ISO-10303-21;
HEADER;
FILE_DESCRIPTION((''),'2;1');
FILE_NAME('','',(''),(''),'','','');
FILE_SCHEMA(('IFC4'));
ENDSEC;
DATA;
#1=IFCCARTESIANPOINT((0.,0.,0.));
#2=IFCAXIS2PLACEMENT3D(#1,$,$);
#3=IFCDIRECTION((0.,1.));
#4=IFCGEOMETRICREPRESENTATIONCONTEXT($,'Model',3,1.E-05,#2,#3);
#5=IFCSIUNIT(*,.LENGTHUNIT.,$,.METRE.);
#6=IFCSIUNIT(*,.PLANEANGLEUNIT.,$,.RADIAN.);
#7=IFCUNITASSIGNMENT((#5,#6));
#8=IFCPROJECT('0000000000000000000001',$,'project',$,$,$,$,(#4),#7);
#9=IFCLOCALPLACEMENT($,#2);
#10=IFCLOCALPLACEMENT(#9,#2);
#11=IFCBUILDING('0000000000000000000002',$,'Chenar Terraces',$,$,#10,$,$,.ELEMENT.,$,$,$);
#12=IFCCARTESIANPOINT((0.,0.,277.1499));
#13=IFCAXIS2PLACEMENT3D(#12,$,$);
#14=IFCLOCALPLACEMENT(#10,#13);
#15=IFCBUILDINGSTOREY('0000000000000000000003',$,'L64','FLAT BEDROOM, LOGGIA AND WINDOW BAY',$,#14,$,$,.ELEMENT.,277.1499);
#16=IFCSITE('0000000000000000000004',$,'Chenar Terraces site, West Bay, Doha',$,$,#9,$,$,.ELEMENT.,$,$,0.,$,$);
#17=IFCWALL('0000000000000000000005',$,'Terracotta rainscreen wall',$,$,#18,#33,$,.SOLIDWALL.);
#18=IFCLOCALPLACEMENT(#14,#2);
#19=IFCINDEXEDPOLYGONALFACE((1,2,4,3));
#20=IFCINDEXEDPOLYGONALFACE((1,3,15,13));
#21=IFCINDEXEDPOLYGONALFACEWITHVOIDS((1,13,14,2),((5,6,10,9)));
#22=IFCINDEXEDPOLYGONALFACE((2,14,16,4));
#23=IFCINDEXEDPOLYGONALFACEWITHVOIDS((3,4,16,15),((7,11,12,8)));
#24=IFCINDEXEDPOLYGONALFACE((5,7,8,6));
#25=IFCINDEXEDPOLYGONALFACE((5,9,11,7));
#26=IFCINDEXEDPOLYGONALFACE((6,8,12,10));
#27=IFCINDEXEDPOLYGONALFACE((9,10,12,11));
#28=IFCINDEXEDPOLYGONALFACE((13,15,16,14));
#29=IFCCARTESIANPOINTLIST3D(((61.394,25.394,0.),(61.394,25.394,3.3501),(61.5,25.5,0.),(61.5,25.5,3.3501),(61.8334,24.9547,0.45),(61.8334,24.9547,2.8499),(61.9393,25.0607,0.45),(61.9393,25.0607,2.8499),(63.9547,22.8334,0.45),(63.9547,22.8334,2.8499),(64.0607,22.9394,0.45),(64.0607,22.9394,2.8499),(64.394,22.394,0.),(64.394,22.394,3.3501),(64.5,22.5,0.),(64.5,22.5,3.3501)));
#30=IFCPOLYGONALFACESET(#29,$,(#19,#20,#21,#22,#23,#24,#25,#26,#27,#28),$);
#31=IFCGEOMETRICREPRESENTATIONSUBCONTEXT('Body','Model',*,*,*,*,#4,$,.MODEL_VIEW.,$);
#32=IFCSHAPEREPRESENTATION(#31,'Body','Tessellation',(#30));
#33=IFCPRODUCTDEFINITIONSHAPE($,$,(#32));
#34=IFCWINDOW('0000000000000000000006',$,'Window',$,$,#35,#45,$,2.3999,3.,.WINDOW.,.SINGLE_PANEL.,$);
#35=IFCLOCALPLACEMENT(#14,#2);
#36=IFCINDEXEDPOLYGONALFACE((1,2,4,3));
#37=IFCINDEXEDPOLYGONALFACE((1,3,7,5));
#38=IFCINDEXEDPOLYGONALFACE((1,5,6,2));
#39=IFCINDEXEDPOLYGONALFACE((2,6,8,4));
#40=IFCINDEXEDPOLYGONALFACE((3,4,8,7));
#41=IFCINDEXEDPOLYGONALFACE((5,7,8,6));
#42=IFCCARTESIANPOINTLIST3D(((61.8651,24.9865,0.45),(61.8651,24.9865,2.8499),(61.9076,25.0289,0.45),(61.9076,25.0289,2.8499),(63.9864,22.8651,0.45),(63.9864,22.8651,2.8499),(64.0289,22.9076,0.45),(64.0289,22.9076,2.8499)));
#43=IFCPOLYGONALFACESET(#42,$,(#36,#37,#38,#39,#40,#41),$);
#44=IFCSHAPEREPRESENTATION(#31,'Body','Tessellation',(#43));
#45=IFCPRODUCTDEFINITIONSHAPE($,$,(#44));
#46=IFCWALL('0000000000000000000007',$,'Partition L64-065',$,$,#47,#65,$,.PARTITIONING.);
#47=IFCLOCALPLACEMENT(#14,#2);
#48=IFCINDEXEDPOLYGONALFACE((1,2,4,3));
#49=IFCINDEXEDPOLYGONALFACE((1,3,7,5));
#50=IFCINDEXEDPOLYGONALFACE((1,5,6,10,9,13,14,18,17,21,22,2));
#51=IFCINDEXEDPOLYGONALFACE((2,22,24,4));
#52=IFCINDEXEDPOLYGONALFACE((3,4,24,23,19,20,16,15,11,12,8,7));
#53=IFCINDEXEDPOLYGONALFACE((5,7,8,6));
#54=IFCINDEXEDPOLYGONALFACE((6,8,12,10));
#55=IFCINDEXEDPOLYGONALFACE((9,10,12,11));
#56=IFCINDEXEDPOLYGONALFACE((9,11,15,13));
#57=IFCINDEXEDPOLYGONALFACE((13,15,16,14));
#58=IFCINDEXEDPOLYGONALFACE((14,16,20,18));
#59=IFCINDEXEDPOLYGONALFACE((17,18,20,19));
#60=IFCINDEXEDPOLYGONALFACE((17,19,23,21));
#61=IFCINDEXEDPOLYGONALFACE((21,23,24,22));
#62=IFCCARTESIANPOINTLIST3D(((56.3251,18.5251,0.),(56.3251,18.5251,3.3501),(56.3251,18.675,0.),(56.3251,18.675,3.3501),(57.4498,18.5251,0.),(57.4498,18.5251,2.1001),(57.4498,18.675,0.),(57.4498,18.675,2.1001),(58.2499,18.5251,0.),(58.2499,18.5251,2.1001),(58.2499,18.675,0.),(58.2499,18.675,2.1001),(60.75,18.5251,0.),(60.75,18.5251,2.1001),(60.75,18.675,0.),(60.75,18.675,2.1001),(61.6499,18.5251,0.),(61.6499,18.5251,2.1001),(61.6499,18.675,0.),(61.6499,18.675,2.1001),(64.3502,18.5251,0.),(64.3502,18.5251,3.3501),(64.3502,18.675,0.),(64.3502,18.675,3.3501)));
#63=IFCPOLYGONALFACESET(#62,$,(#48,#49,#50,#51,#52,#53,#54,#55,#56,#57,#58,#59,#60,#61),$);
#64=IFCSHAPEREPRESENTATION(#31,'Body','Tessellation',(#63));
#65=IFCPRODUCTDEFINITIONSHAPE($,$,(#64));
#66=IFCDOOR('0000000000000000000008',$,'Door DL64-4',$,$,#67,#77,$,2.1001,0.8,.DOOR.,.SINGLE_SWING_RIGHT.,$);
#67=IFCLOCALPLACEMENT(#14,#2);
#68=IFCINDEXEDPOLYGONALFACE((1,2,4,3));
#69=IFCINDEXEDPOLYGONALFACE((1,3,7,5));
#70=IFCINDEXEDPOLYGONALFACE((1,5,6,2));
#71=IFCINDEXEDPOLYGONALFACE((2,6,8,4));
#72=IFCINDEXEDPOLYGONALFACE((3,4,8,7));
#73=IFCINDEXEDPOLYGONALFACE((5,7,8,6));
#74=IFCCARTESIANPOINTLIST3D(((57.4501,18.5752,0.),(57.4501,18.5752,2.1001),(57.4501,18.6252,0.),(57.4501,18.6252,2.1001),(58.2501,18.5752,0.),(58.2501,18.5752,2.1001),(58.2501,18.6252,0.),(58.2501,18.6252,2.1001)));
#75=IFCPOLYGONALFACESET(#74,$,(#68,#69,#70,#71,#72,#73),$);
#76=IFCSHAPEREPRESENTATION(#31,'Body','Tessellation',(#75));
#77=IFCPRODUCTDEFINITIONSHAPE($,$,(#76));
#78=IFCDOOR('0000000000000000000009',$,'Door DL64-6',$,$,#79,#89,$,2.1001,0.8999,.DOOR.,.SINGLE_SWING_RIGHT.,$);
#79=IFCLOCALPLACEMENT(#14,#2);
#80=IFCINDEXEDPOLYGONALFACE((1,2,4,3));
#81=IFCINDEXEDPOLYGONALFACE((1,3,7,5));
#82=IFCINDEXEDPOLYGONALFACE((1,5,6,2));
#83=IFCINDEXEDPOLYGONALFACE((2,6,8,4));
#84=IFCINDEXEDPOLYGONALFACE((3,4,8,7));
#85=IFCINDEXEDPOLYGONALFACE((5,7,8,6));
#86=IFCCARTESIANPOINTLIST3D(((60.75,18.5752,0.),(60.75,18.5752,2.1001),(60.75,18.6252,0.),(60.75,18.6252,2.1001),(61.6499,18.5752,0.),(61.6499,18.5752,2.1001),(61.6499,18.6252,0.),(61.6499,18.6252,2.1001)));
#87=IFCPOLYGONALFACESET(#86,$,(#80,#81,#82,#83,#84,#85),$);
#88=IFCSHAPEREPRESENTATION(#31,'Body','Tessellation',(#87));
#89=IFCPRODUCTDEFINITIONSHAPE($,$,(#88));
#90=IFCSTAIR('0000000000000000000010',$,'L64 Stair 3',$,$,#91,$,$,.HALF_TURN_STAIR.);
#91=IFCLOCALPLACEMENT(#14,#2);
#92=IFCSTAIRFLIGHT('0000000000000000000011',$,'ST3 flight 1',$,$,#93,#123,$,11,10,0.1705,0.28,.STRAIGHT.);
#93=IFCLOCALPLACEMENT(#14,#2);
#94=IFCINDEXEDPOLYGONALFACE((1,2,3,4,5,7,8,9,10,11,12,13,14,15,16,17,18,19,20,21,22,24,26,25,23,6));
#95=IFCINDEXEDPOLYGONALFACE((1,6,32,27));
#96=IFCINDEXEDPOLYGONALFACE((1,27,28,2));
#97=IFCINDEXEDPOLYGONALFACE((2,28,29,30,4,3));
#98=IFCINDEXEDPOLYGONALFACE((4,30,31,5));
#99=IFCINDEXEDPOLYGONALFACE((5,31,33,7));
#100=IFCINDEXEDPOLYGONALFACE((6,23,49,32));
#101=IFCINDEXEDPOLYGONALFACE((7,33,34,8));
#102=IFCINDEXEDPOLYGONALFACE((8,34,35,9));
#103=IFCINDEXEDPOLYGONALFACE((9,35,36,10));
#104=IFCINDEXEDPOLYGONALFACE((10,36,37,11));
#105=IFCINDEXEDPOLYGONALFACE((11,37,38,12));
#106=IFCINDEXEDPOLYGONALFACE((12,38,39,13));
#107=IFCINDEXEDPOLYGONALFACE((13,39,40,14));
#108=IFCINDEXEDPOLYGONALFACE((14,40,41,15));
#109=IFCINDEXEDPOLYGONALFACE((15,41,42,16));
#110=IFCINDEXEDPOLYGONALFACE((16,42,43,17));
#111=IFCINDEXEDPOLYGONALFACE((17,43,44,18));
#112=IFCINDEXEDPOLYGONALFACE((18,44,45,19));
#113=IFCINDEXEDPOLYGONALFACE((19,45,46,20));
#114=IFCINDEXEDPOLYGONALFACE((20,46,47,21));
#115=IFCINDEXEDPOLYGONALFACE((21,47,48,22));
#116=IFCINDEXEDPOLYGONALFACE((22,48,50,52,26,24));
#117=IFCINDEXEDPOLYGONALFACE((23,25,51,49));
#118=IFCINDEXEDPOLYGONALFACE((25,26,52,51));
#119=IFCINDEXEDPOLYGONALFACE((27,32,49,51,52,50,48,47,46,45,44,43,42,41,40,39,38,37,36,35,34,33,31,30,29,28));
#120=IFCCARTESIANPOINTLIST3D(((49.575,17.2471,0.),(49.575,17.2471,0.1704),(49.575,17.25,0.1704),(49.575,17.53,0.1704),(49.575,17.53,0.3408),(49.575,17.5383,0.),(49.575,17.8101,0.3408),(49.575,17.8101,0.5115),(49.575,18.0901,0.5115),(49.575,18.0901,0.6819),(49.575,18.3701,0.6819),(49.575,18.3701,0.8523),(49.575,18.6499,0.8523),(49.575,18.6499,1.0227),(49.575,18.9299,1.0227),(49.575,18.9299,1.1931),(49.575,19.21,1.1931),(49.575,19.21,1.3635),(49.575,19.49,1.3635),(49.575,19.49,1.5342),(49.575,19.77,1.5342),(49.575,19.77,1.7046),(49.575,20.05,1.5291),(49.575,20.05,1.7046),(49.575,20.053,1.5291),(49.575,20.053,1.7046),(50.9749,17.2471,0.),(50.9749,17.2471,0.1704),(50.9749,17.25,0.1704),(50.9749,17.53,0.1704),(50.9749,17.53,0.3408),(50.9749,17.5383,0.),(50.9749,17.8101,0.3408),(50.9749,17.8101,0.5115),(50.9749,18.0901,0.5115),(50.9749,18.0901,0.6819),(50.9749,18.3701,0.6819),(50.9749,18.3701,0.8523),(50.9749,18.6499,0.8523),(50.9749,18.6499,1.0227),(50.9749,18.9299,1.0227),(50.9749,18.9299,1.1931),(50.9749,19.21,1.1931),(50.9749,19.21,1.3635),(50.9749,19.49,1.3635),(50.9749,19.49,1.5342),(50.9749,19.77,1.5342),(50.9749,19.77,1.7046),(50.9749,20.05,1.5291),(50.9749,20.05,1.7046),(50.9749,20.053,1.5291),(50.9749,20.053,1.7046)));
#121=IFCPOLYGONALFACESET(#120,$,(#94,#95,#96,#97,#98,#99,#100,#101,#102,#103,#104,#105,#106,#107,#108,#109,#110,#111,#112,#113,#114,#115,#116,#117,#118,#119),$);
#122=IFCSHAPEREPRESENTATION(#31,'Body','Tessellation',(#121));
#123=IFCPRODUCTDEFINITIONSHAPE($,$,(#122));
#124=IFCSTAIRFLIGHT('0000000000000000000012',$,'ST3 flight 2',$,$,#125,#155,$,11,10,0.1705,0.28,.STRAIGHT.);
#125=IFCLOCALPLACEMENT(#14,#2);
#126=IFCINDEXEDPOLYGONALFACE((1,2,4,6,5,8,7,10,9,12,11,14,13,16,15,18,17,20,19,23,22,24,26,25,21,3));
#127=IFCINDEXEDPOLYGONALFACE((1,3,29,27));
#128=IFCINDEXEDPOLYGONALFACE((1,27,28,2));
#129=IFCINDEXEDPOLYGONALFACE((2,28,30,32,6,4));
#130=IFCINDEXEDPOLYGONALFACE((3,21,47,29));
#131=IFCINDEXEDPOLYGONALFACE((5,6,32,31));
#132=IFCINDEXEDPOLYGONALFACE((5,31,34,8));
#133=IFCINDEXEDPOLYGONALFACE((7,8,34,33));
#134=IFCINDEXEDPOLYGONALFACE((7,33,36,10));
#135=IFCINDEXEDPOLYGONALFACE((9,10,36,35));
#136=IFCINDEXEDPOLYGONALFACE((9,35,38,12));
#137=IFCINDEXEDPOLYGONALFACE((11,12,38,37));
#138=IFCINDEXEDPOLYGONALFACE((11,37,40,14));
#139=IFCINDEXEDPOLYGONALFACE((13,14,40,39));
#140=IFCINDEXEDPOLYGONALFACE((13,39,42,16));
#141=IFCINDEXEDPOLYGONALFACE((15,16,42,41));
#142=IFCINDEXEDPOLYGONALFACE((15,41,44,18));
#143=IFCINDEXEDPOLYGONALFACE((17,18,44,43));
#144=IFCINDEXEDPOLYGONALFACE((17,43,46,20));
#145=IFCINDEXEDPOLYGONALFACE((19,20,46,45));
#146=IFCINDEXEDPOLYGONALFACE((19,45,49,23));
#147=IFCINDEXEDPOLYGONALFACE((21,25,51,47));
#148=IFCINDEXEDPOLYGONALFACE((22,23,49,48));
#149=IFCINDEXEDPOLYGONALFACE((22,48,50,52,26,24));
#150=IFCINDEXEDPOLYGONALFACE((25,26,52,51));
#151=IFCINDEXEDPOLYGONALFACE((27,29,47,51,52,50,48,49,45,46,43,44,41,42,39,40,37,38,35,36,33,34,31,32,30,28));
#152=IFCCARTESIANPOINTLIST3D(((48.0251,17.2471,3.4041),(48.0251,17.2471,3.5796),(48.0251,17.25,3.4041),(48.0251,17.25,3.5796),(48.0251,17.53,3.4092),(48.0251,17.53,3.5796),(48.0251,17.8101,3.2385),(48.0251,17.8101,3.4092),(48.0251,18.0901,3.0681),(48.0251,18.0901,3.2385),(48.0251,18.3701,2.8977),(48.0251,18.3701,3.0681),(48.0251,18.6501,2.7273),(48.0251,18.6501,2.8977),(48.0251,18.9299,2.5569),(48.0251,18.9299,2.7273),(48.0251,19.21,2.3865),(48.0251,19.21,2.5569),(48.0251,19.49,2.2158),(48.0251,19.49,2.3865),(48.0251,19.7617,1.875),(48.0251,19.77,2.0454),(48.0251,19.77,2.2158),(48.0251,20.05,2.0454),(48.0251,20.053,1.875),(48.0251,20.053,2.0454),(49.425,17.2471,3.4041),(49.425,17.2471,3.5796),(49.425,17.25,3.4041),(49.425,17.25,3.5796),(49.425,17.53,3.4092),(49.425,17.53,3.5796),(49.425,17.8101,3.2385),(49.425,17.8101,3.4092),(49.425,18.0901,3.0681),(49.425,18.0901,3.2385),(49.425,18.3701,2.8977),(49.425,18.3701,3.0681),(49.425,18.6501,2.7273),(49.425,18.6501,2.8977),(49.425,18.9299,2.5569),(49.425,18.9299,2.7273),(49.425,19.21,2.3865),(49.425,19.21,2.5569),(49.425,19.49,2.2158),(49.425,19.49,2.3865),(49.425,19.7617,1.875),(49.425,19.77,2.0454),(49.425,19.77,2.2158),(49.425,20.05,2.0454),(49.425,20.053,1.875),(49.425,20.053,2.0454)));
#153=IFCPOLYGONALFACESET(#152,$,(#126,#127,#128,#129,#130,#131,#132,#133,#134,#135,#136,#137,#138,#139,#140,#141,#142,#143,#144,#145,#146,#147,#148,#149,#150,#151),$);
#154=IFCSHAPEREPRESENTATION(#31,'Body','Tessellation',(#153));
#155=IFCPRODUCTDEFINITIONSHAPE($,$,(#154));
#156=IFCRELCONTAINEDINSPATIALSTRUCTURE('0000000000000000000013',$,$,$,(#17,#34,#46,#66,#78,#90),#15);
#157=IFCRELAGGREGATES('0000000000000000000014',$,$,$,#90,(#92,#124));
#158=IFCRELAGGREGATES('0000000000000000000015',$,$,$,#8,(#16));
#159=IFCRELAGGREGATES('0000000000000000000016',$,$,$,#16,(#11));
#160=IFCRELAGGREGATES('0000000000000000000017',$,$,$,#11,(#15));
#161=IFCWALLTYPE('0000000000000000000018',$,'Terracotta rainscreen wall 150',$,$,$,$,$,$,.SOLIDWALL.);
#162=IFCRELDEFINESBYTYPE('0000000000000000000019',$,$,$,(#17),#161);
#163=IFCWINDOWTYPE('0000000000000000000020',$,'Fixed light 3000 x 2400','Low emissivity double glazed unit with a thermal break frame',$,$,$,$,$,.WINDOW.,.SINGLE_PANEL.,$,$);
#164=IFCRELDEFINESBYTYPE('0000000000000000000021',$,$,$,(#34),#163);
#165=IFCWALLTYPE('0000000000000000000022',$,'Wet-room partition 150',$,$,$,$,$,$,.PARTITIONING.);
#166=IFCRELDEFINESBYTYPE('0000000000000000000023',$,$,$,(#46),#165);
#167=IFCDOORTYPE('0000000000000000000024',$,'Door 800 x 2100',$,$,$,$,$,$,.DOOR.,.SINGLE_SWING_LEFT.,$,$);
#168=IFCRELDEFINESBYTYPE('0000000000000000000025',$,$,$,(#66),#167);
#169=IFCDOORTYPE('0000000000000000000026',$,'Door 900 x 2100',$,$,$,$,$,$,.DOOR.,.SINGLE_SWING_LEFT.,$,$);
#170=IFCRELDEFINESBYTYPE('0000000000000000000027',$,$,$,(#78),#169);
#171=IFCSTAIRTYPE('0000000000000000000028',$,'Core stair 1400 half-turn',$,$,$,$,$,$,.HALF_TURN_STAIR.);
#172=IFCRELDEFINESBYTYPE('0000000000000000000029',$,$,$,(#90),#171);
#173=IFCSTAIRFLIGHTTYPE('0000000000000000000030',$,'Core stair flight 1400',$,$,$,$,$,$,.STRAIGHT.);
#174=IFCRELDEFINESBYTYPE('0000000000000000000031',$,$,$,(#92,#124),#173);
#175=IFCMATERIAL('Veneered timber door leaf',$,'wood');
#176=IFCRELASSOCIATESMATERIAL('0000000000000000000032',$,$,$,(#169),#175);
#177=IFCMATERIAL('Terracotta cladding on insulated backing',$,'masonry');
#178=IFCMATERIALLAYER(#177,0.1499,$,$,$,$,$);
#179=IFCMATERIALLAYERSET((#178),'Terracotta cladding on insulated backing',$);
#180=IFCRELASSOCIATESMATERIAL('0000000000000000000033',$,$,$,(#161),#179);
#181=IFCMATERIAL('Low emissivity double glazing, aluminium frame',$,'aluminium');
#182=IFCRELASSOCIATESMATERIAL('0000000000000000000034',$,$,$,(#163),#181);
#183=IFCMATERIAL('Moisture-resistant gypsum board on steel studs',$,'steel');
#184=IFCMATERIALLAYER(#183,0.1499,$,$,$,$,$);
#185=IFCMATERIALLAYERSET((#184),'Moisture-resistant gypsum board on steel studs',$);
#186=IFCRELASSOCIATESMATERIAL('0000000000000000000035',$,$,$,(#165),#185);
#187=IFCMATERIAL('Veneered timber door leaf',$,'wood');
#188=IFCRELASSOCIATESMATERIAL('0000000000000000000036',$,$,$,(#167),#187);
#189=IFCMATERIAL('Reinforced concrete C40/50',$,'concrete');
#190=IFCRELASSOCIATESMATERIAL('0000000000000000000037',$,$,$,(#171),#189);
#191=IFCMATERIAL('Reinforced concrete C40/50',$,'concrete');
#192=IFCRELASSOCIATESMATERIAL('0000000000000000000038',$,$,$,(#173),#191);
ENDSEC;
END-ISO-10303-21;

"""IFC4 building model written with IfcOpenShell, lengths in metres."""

from ifc_helpers import new_model, si_unit, direction, frame, frame_2d, origin, place, context, subcontext, project, spatial, polyline, rectangle, outline, extrude, material, layer, layer_set, type_object, element, fill, aggregate, save


model = new_model("IFC4")

# Units and contexts
model_context = context("Model", 3, precision=1e-05, world=origin(), true_north=direction((0.0, 1.0)))
body_context = subcontext(model_context, "Body", "Model", "MODEL_VIEW")
ifc_project = project(units=[si_unit("LENGTHUNIT", "METRE"), si_unit("PLANEANGLEUNIT", "RADIAN")], contexts=[model_context])

# Site, building, storey
site_placement = place(None, origin())
site = spatial("IfcSite", under=ifc_project, at=site_placement, Name="Chenar Terraces site, West Bay, Doha", CompositionType="ELEMENT", RefElevation=0.0)
building_placement = place(site_placement, origin())
building = spatial("IfcBuilding", under=site, at=building_placement, Name="Chenar Terraces", CompositionType="ELEMENT")
storey_placement = place(building_placement, frame((0.0, 0.0, 277.1499)))
storey = spatial("IfcBuildingStorey", under=building, at=storey_placement, Name="L64", Description="FLAT BEDROOM, LOGGIA AND WINDOW BAY", CompositionType="ELEMENT", Elevation=277.1499)

# Shared definitions
ifc_material_1 = material(Name="Veneered timber door leaf", Category="wood")
door_type_1 = type_object("IfcDoorType", Name="Door 900 x 2100", OperationType="SINGLE_SWING_LEFT", PredefinedType="DOOR", material=ifc_material_1)

# Wall, opening, window
ifc_material_2 = material(Name="Terracotta cladding on insulated backing", Category="masonry")
ifc_layer_1 = layer(ifc_material_2, 0.1499)
ifc_layer_set_1 = layer_set([ifc_layer_1], Name="Terracotta cladding on insulated backing")
wall_type_1 = type_object("IfcWallType", Name="Terracotta rainscreen wall 150", PredefinedType="SOLIDWALL", material=ifc_layer_set_1)
wall_1_placement = place(storey_placement, frame((64.447, 22.447, 0.0), z_axis=(0.0, 0.0, 1.0), x_axis=(-0.707107, 0.707107, 0.0)))
wall_1 = element("IfcWall", 1, at=wall_1_placement, inside=storey, type_object=wall_type_1, Name="Terracotta rainscreen wall", PredefinedType="SOLIDWALL", context=body_context, shape_type="SweptSolid", body=[
    extrude(rectangle(XDim=4.2427, YDim=0.1499, at=frame_2d((2.1213, 0.0))), origin(), (0.0, 0.0, 1.0), 3.3501),
])
opening_1_placement = place(wall_1_placement, frame((0.6213, 0.0, 0.45)))
opening_1 = element("IfcOpeningElement", 2, at=opening_1_placement, cuts=wall_1, PredefinedType="OPENING", context=body_context, shape_type="SweptSolid", body=[
    extrude(rectangle(XDim=3.0, YDim=2.3999, at=frame_2d((1.5, 1.2))), frame((0.0, 0.085, 0.0), z_axis=(0.0, -1.0, 0.0), x_axis=(1.0, 0.0, 0.0)), (0.0, 0.0, 1.0), 0.1699),
])
ifc_material_3 = material(Name="Low emissivity double glazing, aluminium frame", Category="aluminium")
window_type_1 = type_object("IfcWindowType", Name="Fixed light 3000 x 2400", Description="Low emissivity double glazed unit with a thermal break frame", PartitioningType="SINGLE_PANEL", PredefinedType="WINDOW", material=ifc_material_3)
window_1_placement = place(opening_1_placement, origin())
window_1 = element("IfcWindow", 3, at=window_1_placement, inside=storey, type_object=window_type_1, Name="Window", OverallHeight=2.3999, OverallWidth=3.0, PartitioningType="SINGLE_PANEL", PredefinedType="WINDOW", context=body_context, shape_type="SweptSolid", body=[
    extrude(rectangle(XDim=3.0, YDim=2.3999, at=frame_2d((1.5, 1.2))), frame((0.0, 0.03, 0.0), z_axis=(0.0, -1.0, 0.0), x_axis=(1.0, 0.0, 0.0)), (0.0, 0.0, 1.0), 0.0601),
])
fill(opening_1, window_1)

# Wall, openings, doors
ifc_material_4 = material(Name="Moisture-resistant gypsum board on steel studs", Category="steel")
ifc_layer_2 = layer(ifc_material_4, 0.1499)
ifc_layer_set_2 = layer_set([ifc_layer_2], Name="Moisture-resistant gypsum board on steel studs")
wall_type_2 = type_object("IfcWallType", Name="Wet-room partition 150", PredefinedType="PARTITIONING", material=ifc_layer_set_2)
wall_2_placement = place(storey_placement, frame((56.325, 18.6001, 0.0), z_axis=(0.0, 0.0, 1.0), x_axis=(1.0, 0.0, 0.0)))
wall_2 = element("IfcWall", 4, at=wall_2_placement, inside=storey, type_object=wall_type_2, Name="Partition L64-065", PredefinedType="PARTITIONING", context=body_context, shape_type="SweptSolid", body=[
    extrude(rectangle(XDim=8.0251, YDim=0.1499, at=frame_2d((4.0127, 0.0))), origin(), (0.0, 0.0, 1.0), 3.3501),
])
opening_2_placement = place(wall_2_placement, frame((1.125, 0.0, 0.0)))
opening_2 = element("IfcOpeningElement", 5, at=opening_2_placement, cuts=wall_2, PredefinedType="OPENING", context=body_context, shape_type="SweptSolid", body=[
    extrude(rectangle(XDim=0.8, YDim=2.1001, at=frame_2d((0.3999, 1.05))), frame((0.0, 0.085, 0.0), z_axis=(0.0, -1.0, 0.0), x_axis=(1.0, 0.0, 0.0)), (0.0, 0.0, 1.0), 0.1699),
])
opening_3_placement = place(wall_2_placement, frame((4.425, 0.0, 0.0)))
opening_3 = element("IfcOpeningElement", 6, at=opening_3_placement, cuts=wall_2, PredefinedType="OPENING", context=body_context, shape_type="SweptSolid", body=[
    extrude(rectangle(XDim=0.8999, YDim=2.1001, at=frame_2d((0.45, 1.05))), frame((0.0, 0.085, 0.0), z_axis=(0.0, -1.0, 0.0), x_axis=(1.0, 0.0, 0.0)), (0.0, 0.0, 1.0), 0.1699),
])
ifc_material_5 = material(Name="Veneered timber door leaf", Category="wood")
door_type_2 = type_object("IfcDoorType", Name="Door 800 x 2100", OperationType="SINGLE_SWING_LEFT", PredefinedType="DOOR", material=ifc_material_5)
door_1_placement = place(opening_2_placement, frame((0.8, 0.0, 0.0), z_axis=(0.0, 0.0, 1.0), x_axis=(-1.0, 0.0, 0.0)))
door_1 = element("IfcDoor", 7, at=door_1_placement, inside=storey, type_object=door_type_2, Name="Door DL64-4", OperationType="SINGLE_SWING_RIGHT", OverallHeight=2.1001, OverallWidth=0.8, PredefinedType="DOOR", context=body_context, shape_type="SweptSolid", body=[
    extrude(rectangle(XDim=0.8, YDim=2.1001, at=frame_2d((0.3999, 1.05))), frame((0.0, 0.0249, 0.0), z_axis=(0.0, -1.0, 0.0), x_axis=(1.0, 0.0, 0.0)), (0.0, 0.0, 1.0), 0.05),
])
fill(opening_2, door_1)
door_2_placement = place(opening_3_placement, frame((0.8999, 0.0, 0.0), z_axis=(0.0, 0.0, 1.0), x_axis=(-1.0, 0.0, 0.0)))
door_2 = element("IfcDoor", 8, at=door_2_placement, inside=storey, type_object=door_type_1, Name="Door DL64-6", OperationType="SINGLE_SWING_RIGHT", OverallHeight=2.1001, OverallWidth=0.8999, PredefinedType="DOOR", context=body_context, shape_type="SweptSolid", body=[
    extrude(rectangle(XDim=0.8999, YDim=2.1001, at=frame_2d((0.45, 1.05))), frame((0.0, 0.0249, 0.0), z_axis=(0.0, -1.0, 0.0), x_axis=(1.0, 0.0, 0.0)), (0.0, 0.0, 1.0), 0.05),
])
fill(opening_3, door_2)

# Stair, stair flights
ifc_material_6 = material(Name="Reinforced concrete C40/50", Category="concrete")
stair_type = type_object("IfcStairType", Name="Core stair 1400 half-turn", PredefinedType="HALF_TURN_STAIR", material=ifc_material_6)
stair_placement = place(storey_placement, origin())
stair = element("IfcStair", 9, at=stair_placement, inside=storey, type_object=stair_type, Name="L64 Stair 3", PredefinedType="HALF_TURN_STAIR")
ifc_material_7 = material(Name="Reinforced concrete C40/50", Category="concrete")
stair_flight_type = type_object("IfcStairFlightType", Name="Core stair flight 1400", PredefinedType="STRAIGHT", material=ifc_material_7)
stair_flight_1_placement = place(storey_placement, frame((50.2749, 17.25, 0.0), z_axis=(0.0, 0.0, 1.0), x_axis=(0.0, 1.0, 0.0)))
stair_flight_1 = element("IfcStairFlight", 10, at=stair_flight_1_placement, type_object=stair_flight_type, Name="ST3 flight 1", NumberOfRisers=11, NumberOfTreads=10, PredefinedType="STRAIGHT", RiserHeight=0.1705, TreadLength=0.28, context=body_context, shape_type="SweptSolid", body=[
    extrude(outline(polyline([(-0.0029, 0.0), (-0.0029, 0.1704), (0.0, 0.1704), (0.28, 0.1704), (0.28, 0.3408), (0.5601, 0.3408), (0.5601, 0.5115), (0.8401, 0.5115), (0.8401, 0.6819), (1.1201, 0.6819), (1.1201, 0.8523), (1.3999, 0.8523), (1.3999, 1.0227), (1.6799, 1.0227), (1.6799, 1.1931), (1.96, 1.1931), (1.96, 1.3635), (2.24, 1.3635), (2.24, 1.5342), (2.52, 1.5342), (2.52, 1.7046), (2.8, 1.7046), (2.803, 1.7046), (2.803, 1.5291), (2.8, 1.5291), (0.2883, 0.0), (-0.0029, 0.0)])), frame((0.0, 0.7, 0.0), z_axis=(0.0, -1.0, 0.0), x_axis=(1.0, 0.0, 0.0)), (0.0, 0.0, 1.0), 1.3999),
])
stair_flight_2_placement = place(storey_placement, frame((48.7251, 20.05, 1.875), z_axis=(0.0, 0.0, 1.0), x_axis=(0.0, -1.0, 0.0)))
stair_flight_2 = element("IfcStairFlight", 11, at=stair_flight_2_placement, type_object=stair_flight_type, Name="ST3 flight 2", NumberOfRisers=11, NumberOfTreads=10, PredefinedType="STRAIGHT", RiserHeight=0.1705, TreadLength=0.28, context=body_context, shape_type="SweptSolid", body=[
    extrude(outline(polyline([(-0.0029, 0.0), (-0.0029, 0.1704), (0.0, 0.1704), (0.28, 0.1704), (0.28, 0.3408), (0.5601, 0.3408), (0.5601, 0.5115), (0.8401, 0.5115), (0.8401, 0.6819), (1.1201, 0.6819), (1.1201, 0.8523), (1.3999, 0.8523), (1.3999, 1.0227), (1.6799, 1.0227), (1.6799, 1.1931), (1.96, 1.1931), (1.96, 1.3635), (2.24, 1.3635), (2.24, 1.5342), (2.52, 1.5342), (2.52, 1.7046), (2.8, 1.7046), (2.803, 1.7046), (2.803, 1.5291), (2.8, 1.5291), (0.2883, 0.0), (-0.0029, 0.0)])), frame((0.0, 0.7, 0.0), z_axis=(0.0, -1.0, 0.0), x_axis=(1.0, 0.0, 0.0)), (0.0, 0.0, 1.0), 1.3999),
])
aggregate(stair, [stair_flight_1, stair_flight_2])

save(model, "model.ifc")
